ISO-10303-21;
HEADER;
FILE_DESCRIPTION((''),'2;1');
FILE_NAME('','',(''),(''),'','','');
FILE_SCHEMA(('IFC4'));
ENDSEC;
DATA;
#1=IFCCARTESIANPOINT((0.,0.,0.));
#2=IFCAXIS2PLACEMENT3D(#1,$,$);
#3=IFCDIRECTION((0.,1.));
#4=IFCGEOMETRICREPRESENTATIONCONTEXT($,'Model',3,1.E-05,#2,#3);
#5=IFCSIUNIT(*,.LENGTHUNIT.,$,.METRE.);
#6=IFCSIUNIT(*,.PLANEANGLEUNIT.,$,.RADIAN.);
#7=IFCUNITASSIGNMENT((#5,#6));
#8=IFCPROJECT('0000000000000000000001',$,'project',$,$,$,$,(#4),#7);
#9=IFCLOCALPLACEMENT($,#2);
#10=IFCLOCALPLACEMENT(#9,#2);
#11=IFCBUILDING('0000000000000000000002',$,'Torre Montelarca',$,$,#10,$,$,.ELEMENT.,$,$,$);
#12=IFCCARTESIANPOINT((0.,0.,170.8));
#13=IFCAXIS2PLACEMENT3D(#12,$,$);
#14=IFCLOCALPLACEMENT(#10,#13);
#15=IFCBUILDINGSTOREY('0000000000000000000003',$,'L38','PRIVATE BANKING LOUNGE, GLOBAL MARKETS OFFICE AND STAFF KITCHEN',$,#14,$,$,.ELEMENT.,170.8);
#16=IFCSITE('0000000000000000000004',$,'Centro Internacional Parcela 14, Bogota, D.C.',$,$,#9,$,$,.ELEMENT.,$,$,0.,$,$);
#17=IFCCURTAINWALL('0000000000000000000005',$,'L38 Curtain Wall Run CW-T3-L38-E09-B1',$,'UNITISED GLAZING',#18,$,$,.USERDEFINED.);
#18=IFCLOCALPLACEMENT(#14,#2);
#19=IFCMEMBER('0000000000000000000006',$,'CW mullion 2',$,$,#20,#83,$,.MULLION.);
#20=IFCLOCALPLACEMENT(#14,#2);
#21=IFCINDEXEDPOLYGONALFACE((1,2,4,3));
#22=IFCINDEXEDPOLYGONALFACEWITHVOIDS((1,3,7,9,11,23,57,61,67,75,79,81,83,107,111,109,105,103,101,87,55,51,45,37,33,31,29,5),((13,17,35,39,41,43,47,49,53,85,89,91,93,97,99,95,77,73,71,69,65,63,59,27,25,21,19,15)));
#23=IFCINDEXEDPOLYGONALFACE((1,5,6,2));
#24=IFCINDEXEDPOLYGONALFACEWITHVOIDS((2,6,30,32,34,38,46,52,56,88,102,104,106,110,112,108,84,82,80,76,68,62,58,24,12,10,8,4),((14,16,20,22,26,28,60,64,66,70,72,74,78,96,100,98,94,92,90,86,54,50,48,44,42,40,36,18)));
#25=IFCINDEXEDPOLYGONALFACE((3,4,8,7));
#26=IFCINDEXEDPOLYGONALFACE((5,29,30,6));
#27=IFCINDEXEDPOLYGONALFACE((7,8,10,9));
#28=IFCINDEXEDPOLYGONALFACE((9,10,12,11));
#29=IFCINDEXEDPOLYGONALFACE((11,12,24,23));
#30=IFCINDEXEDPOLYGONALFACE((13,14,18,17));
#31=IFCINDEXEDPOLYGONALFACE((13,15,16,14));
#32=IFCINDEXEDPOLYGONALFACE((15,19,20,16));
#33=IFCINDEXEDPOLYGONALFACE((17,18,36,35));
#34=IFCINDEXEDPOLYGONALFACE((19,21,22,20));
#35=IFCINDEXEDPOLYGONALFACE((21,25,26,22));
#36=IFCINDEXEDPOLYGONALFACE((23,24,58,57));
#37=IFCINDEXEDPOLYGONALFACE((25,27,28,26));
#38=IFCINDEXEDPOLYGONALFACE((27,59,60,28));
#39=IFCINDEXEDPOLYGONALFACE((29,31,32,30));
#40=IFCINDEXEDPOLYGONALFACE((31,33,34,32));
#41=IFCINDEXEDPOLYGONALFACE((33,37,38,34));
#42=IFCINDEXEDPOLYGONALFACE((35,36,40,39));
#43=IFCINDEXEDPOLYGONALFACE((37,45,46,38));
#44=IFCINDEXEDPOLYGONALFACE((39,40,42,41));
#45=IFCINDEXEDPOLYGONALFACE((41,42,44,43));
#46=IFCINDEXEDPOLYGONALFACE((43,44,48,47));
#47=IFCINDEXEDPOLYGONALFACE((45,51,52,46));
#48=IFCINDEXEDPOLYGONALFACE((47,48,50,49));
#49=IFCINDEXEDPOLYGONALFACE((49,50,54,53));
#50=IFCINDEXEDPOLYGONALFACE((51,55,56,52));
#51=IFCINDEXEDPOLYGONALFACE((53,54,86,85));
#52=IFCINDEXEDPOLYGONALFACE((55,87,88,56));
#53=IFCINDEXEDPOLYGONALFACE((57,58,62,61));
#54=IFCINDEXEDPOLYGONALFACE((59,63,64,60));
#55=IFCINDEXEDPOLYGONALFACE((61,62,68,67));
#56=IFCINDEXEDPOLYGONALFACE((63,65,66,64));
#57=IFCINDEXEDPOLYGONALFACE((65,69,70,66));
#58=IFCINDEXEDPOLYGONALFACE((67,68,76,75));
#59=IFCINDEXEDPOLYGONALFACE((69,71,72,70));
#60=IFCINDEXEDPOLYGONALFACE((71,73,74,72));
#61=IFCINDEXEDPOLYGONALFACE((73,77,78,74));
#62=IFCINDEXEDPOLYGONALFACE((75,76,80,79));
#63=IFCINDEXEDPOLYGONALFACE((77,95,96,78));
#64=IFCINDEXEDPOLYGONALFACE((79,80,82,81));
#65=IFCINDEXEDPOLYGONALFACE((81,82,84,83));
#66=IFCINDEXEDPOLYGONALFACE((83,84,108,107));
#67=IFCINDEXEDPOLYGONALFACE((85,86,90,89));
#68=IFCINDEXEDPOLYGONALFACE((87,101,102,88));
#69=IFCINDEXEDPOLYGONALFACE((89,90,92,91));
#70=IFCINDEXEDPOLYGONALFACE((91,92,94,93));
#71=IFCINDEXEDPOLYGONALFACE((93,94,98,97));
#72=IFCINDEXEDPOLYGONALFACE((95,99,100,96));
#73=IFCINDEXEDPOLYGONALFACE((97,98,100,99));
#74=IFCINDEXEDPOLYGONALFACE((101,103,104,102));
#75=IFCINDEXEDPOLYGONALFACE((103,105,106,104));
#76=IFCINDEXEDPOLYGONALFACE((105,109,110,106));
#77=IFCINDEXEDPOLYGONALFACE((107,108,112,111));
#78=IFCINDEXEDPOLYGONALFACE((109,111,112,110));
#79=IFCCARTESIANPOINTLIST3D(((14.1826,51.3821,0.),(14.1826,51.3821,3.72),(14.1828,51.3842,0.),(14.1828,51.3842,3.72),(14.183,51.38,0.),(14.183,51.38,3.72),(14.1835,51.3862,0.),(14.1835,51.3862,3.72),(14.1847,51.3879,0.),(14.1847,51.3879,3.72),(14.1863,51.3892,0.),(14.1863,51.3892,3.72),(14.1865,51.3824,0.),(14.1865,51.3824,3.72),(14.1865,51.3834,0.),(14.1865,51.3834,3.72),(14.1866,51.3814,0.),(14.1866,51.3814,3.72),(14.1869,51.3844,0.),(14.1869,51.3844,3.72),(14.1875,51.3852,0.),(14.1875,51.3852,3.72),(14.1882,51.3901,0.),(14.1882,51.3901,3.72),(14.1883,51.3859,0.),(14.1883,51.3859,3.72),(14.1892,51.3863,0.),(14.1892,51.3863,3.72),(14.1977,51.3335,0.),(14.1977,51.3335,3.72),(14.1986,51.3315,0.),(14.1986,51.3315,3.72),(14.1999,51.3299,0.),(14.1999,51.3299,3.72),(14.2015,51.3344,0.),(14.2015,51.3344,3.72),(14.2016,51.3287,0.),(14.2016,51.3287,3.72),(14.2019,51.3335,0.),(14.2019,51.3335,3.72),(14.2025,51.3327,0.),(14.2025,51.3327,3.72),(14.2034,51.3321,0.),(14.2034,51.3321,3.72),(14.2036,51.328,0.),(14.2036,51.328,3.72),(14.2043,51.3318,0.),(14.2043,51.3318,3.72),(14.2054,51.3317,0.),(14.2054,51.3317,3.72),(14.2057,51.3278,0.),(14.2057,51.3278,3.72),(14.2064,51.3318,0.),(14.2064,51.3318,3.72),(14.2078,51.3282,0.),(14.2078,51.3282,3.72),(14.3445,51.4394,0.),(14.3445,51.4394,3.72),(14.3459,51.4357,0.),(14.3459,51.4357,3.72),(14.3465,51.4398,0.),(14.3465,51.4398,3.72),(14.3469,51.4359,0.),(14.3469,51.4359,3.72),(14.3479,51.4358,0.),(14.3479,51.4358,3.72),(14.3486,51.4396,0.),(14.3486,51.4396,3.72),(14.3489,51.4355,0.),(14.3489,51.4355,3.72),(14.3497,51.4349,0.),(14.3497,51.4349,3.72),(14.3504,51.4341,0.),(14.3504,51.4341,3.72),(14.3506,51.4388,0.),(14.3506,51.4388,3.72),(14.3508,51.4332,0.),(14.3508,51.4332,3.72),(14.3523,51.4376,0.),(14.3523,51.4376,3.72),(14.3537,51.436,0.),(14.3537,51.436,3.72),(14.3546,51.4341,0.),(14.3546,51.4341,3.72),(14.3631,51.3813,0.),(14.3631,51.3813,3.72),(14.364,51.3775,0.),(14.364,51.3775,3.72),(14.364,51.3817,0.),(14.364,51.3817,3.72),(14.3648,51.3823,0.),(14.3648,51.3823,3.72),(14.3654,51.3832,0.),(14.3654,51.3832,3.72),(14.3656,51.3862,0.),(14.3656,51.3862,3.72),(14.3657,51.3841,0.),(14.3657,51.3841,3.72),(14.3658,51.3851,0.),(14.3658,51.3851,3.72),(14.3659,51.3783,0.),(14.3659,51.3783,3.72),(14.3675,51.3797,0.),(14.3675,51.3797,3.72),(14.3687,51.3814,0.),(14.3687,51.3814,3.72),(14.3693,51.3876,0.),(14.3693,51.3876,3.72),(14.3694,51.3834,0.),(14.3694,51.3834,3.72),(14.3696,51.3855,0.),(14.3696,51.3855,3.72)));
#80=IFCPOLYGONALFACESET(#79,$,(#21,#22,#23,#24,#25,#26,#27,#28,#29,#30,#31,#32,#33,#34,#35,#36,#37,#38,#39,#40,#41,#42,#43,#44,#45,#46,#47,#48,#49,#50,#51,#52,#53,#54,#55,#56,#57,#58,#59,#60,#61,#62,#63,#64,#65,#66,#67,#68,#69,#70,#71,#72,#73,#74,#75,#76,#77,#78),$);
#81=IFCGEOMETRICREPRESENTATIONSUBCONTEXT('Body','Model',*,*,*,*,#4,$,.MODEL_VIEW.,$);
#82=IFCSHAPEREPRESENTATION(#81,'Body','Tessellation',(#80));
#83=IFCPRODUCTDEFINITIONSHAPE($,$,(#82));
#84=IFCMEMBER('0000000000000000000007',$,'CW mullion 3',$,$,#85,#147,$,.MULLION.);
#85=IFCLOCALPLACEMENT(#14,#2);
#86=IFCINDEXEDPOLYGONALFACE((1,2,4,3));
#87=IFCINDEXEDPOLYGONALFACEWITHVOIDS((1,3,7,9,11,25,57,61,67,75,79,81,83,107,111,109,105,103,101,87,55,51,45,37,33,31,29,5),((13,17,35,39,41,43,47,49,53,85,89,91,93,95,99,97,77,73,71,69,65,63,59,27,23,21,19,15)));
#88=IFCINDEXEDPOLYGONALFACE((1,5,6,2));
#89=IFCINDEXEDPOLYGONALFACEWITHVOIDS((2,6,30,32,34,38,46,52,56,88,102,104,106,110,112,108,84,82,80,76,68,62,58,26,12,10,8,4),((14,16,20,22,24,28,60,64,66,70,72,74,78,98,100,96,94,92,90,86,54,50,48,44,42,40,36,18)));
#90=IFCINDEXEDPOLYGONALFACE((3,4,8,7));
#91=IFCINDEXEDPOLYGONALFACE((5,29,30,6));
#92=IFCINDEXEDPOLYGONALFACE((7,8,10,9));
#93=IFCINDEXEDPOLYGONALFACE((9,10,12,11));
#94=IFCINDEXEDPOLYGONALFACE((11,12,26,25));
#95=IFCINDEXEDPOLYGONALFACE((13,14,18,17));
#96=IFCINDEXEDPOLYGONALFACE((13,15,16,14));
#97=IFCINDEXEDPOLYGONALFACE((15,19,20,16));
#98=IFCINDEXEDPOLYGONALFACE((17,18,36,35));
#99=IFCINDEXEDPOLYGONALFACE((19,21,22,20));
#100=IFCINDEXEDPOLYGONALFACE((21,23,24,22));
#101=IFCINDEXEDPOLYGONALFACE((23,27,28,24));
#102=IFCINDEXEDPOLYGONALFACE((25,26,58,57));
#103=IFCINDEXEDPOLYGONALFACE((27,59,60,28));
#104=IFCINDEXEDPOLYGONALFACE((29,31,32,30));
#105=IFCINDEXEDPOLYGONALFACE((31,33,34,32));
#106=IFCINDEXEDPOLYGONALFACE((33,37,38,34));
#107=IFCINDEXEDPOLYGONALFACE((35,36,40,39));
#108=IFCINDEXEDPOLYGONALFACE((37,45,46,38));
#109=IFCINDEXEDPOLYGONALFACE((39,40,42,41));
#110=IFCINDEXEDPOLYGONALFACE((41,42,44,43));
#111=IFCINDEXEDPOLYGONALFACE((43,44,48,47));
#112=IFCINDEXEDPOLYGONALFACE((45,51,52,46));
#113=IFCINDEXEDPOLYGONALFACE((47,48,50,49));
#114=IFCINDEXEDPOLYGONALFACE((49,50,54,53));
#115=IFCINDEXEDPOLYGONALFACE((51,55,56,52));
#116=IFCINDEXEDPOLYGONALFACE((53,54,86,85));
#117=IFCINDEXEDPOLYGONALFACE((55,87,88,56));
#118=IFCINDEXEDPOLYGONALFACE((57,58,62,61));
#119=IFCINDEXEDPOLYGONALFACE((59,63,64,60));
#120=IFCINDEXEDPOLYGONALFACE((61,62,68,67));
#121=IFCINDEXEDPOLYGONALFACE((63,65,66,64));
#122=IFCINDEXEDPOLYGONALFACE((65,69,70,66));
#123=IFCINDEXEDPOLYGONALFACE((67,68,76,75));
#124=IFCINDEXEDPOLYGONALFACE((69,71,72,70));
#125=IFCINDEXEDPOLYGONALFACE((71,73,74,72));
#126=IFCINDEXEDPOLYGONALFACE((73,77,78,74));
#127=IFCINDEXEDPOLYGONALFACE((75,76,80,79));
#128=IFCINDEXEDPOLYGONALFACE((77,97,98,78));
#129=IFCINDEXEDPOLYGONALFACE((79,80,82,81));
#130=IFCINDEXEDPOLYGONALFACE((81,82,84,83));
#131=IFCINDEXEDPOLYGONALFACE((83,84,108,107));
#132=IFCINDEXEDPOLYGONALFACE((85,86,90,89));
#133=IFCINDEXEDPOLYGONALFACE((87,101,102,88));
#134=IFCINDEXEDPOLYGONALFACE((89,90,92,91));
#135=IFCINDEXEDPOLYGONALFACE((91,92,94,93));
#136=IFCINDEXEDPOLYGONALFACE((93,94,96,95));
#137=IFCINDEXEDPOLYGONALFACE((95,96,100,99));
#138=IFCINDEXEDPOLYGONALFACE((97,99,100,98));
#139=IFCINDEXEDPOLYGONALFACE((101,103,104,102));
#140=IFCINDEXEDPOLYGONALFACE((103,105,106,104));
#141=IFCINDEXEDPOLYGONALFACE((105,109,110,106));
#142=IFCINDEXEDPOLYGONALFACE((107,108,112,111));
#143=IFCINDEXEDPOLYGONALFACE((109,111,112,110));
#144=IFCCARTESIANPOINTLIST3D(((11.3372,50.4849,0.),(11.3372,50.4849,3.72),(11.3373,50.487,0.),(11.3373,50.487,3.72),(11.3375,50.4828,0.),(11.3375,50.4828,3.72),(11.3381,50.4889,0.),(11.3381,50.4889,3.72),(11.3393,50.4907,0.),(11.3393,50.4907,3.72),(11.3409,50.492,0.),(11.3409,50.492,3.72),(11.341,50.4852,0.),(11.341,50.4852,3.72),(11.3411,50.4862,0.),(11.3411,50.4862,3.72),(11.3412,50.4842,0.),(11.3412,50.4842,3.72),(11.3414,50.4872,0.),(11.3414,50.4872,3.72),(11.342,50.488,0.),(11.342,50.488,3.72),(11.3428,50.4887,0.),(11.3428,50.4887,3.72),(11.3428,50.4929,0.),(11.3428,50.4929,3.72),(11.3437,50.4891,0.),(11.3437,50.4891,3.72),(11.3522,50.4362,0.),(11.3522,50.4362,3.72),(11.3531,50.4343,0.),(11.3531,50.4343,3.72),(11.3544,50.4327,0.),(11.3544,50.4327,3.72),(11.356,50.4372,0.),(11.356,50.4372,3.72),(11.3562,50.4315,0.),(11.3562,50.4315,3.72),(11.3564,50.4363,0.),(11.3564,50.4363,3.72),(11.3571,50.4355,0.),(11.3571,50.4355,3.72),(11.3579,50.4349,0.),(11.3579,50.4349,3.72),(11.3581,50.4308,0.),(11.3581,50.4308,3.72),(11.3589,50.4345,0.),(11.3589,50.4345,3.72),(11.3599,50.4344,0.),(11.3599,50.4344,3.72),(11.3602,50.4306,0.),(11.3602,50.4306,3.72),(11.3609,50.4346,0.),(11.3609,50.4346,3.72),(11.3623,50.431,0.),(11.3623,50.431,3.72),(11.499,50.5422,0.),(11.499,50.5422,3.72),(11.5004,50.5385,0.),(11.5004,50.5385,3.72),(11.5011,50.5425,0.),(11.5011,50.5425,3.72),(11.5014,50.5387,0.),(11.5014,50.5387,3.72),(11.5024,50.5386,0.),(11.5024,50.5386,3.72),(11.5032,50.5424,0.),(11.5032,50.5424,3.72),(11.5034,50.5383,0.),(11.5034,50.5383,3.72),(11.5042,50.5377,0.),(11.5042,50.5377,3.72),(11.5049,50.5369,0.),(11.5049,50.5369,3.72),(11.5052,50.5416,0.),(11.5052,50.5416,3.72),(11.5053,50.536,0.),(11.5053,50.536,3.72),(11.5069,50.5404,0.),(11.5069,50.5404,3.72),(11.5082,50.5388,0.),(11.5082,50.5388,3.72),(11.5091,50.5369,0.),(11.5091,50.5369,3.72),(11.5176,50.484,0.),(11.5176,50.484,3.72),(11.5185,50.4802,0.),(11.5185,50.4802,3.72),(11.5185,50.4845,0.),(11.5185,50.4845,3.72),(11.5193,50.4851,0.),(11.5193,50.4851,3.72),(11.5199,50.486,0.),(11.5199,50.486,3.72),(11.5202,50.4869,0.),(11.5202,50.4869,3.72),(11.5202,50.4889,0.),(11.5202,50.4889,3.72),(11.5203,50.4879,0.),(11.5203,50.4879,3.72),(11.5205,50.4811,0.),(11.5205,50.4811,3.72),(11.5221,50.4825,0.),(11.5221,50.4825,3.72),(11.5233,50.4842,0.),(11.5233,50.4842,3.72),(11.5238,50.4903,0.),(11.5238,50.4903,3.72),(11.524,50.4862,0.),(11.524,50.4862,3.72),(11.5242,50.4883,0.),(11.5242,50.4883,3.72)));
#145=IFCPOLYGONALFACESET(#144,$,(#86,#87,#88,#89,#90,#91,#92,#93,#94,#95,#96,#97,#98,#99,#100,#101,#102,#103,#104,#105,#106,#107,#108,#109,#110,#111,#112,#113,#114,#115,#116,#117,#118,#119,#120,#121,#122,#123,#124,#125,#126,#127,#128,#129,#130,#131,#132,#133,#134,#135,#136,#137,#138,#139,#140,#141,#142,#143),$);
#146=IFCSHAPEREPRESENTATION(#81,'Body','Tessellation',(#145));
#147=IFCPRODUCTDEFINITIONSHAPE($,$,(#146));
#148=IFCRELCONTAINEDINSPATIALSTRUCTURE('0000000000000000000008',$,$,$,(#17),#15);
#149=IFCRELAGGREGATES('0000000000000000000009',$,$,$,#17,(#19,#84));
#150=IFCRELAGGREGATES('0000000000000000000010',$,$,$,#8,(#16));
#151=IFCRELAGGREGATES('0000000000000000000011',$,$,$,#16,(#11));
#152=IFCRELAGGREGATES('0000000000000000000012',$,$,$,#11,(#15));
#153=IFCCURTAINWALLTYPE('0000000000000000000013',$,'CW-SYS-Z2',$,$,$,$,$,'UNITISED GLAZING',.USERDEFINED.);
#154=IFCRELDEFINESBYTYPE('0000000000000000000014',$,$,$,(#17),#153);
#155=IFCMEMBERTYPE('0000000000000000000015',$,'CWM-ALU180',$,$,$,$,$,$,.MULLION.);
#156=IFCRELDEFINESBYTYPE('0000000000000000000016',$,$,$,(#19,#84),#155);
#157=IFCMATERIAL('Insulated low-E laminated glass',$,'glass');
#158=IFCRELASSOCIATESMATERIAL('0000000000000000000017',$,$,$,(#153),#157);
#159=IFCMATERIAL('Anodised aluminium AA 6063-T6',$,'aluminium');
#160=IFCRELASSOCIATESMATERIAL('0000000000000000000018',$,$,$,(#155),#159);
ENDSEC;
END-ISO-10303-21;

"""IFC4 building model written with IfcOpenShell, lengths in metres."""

from ifc_helpers import new_model, si_unit, direction, frame, origin, origin_2d, place, context, subcontext, project, spatial, hollow_rectangle, extrude, source, transform, mapped, material, material_profile, profile_set, type_object, element, aggregate, save


model = new_model("IFC4")

# Units and contexts
model_context = context("Model", 3, precision=1e-05, world=origin(), true_north=direction((0.0, 1.0)))
body_context = subcontext(model_context, "Body", "Model", "MODEL_VIEW")
ifc_project = project(units=[si_unit("LENGTHUNIT", "METRE"), si_unit("PLANEANGLEUNIT", "RADIAN")], contexts=[model_context])

# Site, building, storey
site_placement = place(None, origin())
site = spatial("IfcSite", under=ifc_project, at=site_placement, Name="Centro Internacional Parcela 14, Bogota, D.C.", CompositionType="ELEMENT", RefElevation=0.0)
building_placement = place(site_placement, origin())
building = spatial("IfcBuilding", under=site, at=building_placement, Name="Torre Montelarca", CompositionType="ELEMENT")
storey_placement = place(building_placement, frame((0.0, 0.0, 170.8)))
storey = spatial("IfcBuildingStorey", under=building, at=storey_placement, Name="L38", Description="PRIVATE BANKING LOUNGE, GLOBAL MARKETS OFFICE AND STAFF KITCHEN", CompositionType="ELEMENT", Elevation=170.8)

# Curtain wall
ifc_material_1 = material(Name="Insulated low-E laminated glass", Category="glass")
curtain_wall_type = type_object("IfcCurtainWallType", Name="CW-SYS-Z2", ElementType="UNITISED GLAZING", PredefinedType="USERDEFINED", material=ifc_material_1)
curtain_wall_1_placement = place(storey_placement, origin())
curtain_wall_1 = element("IfcCurtainWall", 1, at=curtain_wall_1_placement, inside=storey, type_object=curtain_wall_type, Name="L38 Curtain Wall Run CW-T3-L38-E09-B1", ObjectType="UNITISED GLAZING", PredefinedType="USERDEFINED")
ifc_material_2 = material(Name="Anodised aluminium AA 6063-T6", Category="aluminium")

# Shared definitions
ifc_material_profile_1 = material_profile(ifc_material_2, hollow_rectangle(XDim=0.0649, YDim=0.1799, WallThickness=0.0039, InnerFilletRadius=0.0039, OuterFilletRadius=0.0081, at=origin_2d()), Name="ALU65X180X4", Category="aluminium")
ifc_profile_set_1 = profile_set([ifc_material_profile_1], Name="Anodised aluminium AA 6063-T6")
member_type_1 = type_object("IfcMemberType", Name="CWM-ALU180", PredefinedType="MULLION", material=ifc_profile_set_1)
shared_shape_1 = source(origin(), body_context, "Body", "SweptSolid", [
    extrude(hollow_rectangle(XDim=0.0649, YDim=0.1799, WallThickness=0.0039, InnerFilletRadius=0.0039, OuterFilletRadius=0.0081, at=origin_2d()), origin(), (0.0, 0.0, 1.0), 3.72),
])

# Members
member_1_placement = place(storey_placement, frame((14.2761, 51.3838, 0.0), z_axis=(0.0, 0.0, 1.0), x_axis=(0.300699, -0.953719, 0.0)))
member_1 = element("IfcMember", 2, at=member_1_placement, type_object=member_type_1, Name="CW mullion 2", PredefinedType="MULLION", context=body_context, shape_type="MappedRepresentation", body=[
    mapped(shared_shape_1, transform((0.0, 0.0, 0.0), scale=1.0)),
])
member_2_placement = place(storey_placement, frame((11.4307, 50.4866, 0.0), z_axis=(0.0, 0.0, 1.0), x_axis=(0.300699, -0.953719, 0.0)))
member_2 = element("IfcMember", 3, at=member_2_placement, type_object=member_type_1, Name="CW mullion 3", PredefinedType="MULLION", context=body_context, shape_type="MappedRepresentation", body=[
    mapped(shared_shape_1, transform((0.0, 0.0, 0.0), scale=1.0)),
])

aggregate(curtain_wall_1, [member_1, member_2])

save(model, "model.ifc")
